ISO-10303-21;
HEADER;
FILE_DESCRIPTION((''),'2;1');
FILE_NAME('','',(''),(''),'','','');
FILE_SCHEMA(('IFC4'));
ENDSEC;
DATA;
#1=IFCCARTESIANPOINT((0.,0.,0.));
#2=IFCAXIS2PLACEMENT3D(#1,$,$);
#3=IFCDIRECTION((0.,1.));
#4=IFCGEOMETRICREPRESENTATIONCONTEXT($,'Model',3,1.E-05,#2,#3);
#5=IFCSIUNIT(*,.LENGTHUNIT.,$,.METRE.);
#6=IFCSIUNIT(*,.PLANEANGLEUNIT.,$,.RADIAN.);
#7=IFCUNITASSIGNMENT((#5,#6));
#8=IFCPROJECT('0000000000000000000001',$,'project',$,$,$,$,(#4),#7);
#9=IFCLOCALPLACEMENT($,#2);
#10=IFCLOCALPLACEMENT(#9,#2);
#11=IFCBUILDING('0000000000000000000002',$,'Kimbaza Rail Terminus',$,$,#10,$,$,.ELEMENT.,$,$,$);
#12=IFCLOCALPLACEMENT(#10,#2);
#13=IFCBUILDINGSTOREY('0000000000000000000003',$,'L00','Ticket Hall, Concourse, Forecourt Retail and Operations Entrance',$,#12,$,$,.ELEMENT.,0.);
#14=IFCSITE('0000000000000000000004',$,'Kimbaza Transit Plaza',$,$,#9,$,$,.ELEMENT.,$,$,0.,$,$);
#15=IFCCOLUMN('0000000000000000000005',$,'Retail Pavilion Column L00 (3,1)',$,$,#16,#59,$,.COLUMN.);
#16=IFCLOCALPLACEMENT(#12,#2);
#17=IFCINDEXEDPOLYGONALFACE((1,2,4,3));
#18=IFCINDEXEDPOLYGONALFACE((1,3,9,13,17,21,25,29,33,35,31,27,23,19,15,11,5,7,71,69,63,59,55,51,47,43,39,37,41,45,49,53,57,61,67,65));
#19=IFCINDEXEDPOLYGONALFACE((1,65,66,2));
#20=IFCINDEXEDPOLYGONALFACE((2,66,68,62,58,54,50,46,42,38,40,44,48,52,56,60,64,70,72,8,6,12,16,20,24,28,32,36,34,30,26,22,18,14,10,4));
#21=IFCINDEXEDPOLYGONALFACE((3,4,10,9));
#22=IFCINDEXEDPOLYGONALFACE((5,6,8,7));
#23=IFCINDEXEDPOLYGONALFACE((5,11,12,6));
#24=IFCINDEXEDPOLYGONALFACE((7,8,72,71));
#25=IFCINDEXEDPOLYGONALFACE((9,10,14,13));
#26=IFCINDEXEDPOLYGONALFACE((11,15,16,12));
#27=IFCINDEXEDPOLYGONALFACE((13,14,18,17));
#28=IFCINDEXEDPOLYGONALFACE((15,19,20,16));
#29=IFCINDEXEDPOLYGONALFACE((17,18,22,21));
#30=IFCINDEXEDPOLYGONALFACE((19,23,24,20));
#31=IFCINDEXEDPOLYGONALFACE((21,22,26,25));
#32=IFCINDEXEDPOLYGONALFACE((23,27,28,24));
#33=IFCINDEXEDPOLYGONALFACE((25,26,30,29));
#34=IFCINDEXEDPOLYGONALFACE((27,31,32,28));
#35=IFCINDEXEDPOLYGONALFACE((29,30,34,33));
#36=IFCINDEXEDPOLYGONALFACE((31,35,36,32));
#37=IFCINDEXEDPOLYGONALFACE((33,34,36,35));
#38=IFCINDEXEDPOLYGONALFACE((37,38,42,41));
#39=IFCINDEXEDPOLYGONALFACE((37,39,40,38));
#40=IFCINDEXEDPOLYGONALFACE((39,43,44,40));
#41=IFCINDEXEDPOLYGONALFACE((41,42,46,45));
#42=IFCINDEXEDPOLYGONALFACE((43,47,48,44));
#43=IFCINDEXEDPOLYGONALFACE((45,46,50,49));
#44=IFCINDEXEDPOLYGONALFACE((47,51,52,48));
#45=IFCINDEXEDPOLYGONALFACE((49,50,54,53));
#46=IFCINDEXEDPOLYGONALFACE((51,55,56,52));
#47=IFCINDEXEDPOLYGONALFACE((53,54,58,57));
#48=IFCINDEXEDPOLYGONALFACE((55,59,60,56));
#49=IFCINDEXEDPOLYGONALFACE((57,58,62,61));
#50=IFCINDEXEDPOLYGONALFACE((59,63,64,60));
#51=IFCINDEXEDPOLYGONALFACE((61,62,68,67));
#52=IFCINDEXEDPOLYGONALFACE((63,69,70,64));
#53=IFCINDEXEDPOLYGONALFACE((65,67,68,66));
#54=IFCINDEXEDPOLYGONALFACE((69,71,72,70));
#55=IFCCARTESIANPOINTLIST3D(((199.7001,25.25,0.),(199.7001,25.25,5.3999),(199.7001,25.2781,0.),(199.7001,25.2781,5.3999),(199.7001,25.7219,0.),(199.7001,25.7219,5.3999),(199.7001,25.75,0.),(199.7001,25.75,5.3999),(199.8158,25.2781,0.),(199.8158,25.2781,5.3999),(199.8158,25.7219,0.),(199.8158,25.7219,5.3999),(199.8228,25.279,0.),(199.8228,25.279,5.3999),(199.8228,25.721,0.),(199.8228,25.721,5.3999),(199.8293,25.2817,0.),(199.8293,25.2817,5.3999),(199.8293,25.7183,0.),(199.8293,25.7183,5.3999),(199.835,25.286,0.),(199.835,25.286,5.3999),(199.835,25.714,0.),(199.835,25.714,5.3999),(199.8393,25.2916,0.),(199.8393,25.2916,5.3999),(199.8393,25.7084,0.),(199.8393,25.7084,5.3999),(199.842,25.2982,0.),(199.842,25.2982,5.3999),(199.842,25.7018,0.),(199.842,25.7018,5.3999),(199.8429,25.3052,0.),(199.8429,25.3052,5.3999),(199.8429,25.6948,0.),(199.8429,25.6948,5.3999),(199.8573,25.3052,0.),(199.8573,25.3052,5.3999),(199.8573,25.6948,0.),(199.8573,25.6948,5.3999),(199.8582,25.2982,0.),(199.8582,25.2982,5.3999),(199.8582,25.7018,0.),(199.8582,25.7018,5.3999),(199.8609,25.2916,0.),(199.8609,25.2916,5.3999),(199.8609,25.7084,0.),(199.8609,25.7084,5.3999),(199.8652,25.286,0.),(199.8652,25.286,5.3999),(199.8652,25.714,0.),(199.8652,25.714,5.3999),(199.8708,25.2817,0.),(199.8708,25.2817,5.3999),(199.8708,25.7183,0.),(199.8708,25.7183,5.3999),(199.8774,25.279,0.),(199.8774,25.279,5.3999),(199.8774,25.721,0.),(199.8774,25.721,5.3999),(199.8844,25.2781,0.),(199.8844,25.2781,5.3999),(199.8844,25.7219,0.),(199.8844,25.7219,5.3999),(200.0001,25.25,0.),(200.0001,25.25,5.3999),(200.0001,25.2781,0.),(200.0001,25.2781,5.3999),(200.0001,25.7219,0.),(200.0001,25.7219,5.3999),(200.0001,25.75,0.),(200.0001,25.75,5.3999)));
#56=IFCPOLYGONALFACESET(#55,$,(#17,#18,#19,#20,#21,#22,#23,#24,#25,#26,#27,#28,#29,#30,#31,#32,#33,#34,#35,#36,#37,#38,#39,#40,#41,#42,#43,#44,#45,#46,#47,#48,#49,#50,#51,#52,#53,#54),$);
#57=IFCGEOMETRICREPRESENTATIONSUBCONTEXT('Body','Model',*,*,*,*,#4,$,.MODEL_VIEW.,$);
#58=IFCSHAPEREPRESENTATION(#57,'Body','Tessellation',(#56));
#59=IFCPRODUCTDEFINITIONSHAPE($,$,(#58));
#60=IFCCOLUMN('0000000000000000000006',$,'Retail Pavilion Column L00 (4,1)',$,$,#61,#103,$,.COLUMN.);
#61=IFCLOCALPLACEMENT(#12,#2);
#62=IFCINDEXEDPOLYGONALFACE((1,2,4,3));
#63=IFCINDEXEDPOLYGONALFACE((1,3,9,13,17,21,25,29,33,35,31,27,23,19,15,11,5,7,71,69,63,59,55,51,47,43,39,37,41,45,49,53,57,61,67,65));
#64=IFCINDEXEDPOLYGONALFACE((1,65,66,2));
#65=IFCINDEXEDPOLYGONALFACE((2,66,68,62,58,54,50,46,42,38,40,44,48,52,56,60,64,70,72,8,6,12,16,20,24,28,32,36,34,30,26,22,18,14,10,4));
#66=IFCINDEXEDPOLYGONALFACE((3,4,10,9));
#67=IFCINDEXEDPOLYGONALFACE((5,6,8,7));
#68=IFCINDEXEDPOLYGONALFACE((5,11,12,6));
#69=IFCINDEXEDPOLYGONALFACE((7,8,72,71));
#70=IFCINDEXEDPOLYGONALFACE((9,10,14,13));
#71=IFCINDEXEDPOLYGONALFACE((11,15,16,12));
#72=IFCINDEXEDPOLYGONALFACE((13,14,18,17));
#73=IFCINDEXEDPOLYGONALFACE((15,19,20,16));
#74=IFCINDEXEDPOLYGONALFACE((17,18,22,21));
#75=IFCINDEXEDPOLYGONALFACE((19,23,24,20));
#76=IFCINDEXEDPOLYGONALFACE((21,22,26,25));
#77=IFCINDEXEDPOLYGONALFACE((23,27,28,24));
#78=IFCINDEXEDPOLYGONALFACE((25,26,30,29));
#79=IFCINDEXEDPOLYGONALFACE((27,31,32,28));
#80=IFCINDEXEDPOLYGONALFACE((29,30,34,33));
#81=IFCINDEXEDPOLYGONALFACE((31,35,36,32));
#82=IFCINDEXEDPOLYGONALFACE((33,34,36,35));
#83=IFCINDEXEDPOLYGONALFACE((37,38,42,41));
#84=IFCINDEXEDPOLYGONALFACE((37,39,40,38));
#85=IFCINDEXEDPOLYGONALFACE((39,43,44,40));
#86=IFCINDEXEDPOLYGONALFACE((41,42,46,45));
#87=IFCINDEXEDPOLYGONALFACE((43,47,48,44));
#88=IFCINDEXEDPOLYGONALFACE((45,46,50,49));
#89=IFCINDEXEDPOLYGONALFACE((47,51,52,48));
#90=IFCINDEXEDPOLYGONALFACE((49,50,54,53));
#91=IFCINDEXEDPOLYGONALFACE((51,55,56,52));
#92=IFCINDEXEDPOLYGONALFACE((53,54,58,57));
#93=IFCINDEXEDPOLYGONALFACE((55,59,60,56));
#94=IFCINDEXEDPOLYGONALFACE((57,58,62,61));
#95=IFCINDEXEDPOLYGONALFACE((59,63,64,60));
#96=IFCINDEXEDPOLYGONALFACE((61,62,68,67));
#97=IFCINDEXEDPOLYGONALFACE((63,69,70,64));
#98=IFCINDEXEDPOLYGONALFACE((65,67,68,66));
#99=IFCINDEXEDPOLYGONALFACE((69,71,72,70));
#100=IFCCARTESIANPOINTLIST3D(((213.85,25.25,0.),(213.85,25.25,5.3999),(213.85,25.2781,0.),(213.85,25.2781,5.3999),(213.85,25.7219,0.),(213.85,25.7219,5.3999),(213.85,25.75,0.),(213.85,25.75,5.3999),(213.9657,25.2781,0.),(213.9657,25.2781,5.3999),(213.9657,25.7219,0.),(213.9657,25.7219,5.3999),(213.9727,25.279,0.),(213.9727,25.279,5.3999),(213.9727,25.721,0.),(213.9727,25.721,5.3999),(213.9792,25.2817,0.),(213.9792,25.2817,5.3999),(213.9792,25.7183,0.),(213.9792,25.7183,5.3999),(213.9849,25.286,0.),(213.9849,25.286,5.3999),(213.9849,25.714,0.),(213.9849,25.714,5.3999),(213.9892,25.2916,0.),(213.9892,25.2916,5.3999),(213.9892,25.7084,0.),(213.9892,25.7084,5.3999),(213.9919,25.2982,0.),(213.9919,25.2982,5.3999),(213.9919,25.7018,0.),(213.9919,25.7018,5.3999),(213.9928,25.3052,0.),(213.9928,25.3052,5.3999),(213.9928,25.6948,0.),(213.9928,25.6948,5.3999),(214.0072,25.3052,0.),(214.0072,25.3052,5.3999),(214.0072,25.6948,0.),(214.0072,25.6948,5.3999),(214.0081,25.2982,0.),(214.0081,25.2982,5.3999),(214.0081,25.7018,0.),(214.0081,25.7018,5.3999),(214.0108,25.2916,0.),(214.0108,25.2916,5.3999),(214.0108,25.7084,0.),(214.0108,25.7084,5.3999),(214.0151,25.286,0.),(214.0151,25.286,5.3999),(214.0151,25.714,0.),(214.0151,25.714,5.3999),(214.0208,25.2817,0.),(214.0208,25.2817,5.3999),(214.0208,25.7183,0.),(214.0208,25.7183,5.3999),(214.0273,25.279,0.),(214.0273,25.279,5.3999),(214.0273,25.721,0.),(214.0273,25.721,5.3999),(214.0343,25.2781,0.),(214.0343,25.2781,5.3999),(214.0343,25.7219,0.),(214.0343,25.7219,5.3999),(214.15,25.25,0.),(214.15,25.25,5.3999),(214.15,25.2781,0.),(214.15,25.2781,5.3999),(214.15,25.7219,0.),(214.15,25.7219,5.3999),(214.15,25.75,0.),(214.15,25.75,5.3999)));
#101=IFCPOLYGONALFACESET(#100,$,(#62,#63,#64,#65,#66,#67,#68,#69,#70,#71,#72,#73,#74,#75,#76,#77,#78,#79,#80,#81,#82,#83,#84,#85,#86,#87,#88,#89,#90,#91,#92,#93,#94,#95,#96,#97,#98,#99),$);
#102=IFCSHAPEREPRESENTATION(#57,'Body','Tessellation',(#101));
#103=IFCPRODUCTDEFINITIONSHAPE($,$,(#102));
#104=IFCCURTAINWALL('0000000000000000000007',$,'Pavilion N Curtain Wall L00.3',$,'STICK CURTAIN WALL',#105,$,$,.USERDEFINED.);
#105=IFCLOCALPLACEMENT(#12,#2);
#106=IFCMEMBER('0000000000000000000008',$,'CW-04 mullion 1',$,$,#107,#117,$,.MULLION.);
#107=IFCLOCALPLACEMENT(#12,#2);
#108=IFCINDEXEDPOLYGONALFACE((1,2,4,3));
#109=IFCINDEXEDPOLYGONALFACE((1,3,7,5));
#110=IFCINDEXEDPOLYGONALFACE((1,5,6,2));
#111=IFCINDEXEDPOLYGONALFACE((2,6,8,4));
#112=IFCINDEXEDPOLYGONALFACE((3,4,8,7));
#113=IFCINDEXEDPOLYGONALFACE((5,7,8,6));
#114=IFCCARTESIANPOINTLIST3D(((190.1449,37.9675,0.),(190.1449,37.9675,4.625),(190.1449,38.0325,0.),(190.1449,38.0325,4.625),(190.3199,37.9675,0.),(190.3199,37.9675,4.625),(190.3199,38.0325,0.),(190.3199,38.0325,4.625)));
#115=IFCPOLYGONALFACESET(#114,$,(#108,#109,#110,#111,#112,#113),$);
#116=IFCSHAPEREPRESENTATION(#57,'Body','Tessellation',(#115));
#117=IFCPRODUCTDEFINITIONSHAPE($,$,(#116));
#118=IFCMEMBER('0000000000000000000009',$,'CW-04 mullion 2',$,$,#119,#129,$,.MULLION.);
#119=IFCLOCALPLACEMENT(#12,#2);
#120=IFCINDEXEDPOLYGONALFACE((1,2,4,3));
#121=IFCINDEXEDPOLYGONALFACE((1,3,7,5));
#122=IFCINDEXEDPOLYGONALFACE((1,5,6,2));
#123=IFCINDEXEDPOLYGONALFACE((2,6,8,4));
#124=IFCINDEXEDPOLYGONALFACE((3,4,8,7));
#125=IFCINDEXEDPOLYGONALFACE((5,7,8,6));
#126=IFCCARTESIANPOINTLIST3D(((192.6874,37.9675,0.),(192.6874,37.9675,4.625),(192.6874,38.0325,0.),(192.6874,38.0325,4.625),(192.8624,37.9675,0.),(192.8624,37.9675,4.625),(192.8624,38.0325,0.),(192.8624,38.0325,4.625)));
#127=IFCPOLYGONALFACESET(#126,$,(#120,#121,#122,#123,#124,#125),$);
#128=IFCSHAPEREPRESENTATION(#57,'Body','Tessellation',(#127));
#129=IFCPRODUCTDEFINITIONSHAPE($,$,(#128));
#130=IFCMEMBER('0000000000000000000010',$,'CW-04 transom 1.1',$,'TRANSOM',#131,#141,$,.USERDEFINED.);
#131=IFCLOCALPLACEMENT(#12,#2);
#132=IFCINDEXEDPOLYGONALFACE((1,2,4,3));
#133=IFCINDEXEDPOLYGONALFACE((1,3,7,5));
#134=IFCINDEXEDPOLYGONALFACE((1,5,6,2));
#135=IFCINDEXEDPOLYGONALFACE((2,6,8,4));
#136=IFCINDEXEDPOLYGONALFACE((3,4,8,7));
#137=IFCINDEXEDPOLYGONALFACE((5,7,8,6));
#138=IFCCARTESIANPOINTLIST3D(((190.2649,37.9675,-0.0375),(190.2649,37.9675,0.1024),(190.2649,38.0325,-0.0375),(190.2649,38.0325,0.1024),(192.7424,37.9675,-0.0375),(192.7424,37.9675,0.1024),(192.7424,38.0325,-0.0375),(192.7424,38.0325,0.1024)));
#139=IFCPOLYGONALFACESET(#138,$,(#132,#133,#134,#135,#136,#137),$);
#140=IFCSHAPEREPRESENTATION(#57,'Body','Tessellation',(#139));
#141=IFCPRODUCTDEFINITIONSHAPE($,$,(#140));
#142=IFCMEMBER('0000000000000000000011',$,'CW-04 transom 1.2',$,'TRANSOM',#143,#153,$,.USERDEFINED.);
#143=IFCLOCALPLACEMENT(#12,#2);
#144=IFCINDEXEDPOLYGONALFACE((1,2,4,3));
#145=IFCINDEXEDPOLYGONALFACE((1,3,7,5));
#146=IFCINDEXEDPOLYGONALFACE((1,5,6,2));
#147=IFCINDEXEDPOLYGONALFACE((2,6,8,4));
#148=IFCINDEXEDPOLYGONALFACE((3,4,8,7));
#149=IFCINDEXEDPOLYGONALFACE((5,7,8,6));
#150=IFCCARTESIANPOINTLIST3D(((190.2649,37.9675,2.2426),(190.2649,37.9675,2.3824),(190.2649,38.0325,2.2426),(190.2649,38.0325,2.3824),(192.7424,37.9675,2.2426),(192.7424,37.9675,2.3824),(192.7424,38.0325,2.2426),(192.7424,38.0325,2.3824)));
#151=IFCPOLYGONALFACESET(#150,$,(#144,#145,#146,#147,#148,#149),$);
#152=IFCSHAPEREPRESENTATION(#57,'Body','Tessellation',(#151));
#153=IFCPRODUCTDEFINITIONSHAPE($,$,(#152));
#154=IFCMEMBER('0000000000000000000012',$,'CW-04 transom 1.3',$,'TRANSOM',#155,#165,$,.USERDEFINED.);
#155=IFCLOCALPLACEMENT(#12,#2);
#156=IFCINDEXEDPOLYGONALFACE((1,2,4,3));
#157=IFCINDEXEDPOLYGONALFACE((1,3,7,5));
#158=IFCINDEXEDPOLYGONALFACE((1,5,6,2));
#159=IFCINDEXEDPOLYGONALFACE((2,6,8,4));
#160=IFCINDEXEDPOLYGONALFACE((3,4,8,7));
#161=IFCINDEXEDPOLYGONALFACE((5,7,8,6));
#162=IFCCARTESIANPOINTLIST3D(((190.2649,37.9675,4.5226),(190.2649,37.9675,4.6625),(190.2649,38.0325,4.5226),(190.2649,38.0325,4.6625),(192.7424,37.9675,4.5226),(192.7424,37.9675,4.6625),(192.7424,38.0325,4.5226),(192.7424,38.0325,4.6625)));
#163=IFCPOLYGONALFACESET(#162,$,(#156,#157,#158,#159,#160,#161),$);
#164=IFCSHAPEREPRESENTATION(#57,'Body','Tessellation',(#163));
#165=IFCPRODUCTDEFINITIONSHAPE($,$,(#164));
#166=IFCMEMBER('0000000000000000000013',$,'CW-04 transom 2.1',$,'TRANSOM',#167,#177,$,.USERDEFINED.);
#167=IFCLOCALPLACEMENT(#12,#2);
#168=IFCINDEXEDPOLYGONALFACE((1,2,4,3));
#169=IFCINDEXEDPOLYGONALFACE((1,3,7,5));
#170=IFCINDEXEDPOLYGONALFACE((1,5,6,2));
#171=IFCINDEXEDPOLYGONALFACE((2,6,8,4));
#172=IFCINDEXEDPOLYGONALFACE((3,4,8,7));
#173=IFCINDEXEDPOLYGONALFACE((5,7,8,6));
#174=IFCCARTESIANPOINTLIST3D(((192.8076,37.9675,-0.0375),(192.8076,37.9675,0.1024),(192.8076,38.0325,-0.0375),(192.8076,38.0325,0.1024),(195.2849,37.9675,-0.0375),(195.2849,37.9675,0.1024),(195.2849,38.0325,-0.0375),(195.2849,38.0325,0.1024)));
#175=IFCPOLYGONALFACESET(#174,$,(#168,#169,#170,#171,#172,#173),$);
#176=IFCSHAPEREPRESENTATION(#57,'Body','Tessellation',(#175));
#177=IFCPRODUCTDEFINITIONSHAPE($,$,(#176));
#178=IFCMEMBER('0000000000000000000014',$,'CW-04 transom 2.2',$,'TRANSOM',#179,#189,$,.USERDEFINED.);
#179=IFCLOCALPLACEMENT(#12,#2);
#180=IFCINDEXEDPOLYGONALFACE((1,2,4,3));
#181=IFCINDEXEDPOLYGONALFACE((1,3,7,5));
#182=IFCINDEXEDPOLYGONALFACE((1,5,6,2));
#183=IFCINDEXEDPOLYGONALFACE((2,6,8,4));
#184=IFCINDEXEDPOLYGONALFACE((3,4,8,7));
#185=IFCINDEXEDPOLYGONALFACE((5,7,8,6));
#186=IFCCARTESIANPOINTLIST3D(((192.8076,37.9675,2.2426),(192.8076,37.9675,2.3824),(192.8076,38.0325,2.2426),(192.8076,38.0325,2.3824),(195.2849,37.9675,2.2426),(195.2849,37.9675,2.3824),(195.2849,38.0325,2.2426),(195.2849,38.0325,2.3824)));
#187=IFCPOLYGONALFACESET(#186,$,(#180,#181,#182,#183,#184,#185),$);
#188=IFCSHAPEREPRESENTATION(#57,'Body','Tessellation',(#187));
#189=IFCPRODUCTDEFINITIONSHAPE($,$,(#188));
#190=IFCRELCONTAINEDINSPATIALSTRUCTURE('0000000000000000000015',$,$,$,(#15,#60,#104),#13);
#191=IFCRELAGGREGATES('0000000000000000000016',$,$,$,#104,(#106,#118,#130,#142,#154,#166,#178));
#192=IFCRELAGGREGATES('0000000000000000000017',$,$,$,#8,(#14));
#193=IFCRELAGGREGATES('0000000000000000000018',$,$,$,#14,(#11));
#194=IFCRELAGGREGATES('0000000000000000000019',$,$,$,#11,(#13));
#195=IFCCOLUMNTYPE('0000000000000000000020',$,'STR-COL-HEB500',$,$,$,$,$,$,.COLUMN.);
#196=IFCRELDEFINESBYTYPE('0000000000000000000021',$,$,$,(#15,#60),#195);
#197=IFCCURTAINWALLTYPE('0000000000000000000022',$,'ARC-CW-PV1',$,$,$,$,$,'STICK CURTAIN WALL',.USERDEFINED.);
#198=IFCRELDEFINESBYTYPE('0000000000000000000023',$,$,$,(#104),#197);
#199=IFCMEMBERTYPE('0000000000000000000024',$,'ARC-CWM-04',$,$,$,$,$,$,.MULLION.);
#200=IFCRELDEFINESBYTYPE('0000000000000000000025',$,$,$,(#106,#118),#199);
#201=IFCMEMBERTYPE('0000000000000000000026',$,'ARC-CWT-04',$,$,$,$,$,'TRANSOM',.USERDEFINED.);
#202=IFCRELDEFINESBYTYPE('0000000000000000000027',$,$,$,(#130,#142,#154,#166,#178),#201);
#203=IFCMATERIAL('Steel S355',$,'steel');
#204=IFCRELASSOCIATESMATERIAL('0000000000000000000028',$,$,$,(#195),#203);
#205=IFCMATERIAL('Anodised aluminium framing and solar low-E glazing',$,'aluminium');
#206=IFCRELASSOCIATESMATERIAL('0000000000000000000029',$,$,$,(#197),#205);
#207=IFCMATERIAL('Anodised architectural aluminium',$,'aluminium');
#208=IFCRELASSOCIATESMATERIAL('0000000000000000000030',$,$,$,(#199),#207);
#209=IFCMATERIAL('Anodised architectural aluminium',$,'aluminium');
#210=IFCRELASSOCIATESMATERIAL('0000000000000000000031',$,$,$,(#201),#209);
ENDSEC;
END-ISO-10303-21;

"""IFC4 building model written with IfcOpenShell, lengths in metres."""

from ifc_helpers import new_model, si_unit, direction, frame, origin, origin_2d, place, context, subcontext, project, spatial, rectangle, i_section, extrude, material, material_profile, profile_set, type_object, element, aggregate, save


model = new_model("IFC4")

# Units and contexts
model_context = context("Model", 3, precision=1e-05, world=origin(), true_north=direction((0.0, 1.0)))
body_context = subcontext(model_context, "Body", "Model", "MODEL_VIEW")
ifc_project = project(units=[si_unit("LENGTHUNIT", "METRE"), si_unit("PLANEANGLEUNIT", "RADIAN")], contexts=[model_context])

# Site, building, storey
site_placement = place(None, origin())
site = spatial("IfcSite", under=ifc_project, at=site_placement, Name="Kimbaza Transit Plaza", CompositionType="ELEMENT", RefElevation=0.0)
building_placement = place(site_placement, origin())
building = spatial("IfcBuilding", under=site, at=building_placement, Name="Kimbaza Rail Terminus", CompositionType="ELEMENT")
storey_placement = place(building_placement, origin())
storey = spatial("IfcBuildingStorey", under=building, at=storey_placement, Name="L00", Description="Ticket Hall, Concourse, Forecourt Retail and Operations Entrance", CompositionType="ELEMENT", Elevation=0.0)

# Columns
ifc_material_1 = material(Name="Steel S355", Category="steel")
ifc_material_profile_1 = material_profile(ifc_material_1, i_section(OverallWidth=0.3, OverallDepth=0.5, WebThickness=0.0144, FlangeThickness=0.0281, FilletRadius=0.0271, at=origin_2d()), Name="HEB 500")
ifc_profile_set_1 = profile_set([ifc_material_profile_1], Name="Steel S355")
column_type = type_object("IfcColumnType", Name="STR-COL-HEB500", PredefinedType="COLUMN", material=ifc_profile_set_1)
for number, where, z_axis, x_axis, name in (
    (1, (199.8501, 25.5, 0.0), (0.0, 0.0, 1.0), (1.0, 0.0, 0.0), "Retail Pavilion Column L00 (3,1)"),
    (2, (214.0, 25.5, 0.0), (0.0, 0.0, 1.0), (1.0, 0.0, 0.0), "Retail Pavilion Column L00 (4,1)"),
):
    element("IfcColumn", number, at=place(storey_placement, frame(where, z_axis=z_axis, x_axis=x_axis)), inside=storey, type_object=column_type, Name=name, PredefinedType="COLUMN", context=body_context, shape_type="SweptSolid", body=[
        extrude(i_section(OverallWidth=0.3, OverallDepth=0.5, WebThickness=0.0144, FlangeThickness=0.0281, FilletRadius=0.0271, at=origin_2d()), origin(), (0.0, 0.0, 1.0), 5.3999),
    ])

# Curtain wall, members
ifc_material_2 = material(Name="Anodised aluminium framing and solar low-E glazing", Category="aluminium")
curtain_wall_type = type_object("IfcCurtainWallType", Name="ARC-CW-PV1", ElementType="STICK CURTAIN WALL", PredefinedType="USERDEFINED", material=ifc_material_2)
curtain_wall_placement = place(storey_placement, origin())
curtain_wall = element("IfcCurtainWall", 3, at=curtain_wall_placement, inside=storey, type_object=curtain_wall_type, Name="Pavilion N Curtain Wall L00.3", ObjectType="STICK CURTAIN WALL", PredefinedType="USERDEFINED")
ifc_material_3 = material(Name="Anodised architectural aluminium", Category="aluminium")
ifc_material_profile_2 = material_profile(ifc_material_3, rectangle(XDim=0.0649, YDim=0.175, at=origin_2d()), Name="MULLION 65x175")
ifc_profile_set_2 = profile_set([ifc_material_profile_2], Name="Anodised architectural aluminium")
member_type_1 = type_object("IfcMemberType", Name="ARC-CWM-04", PredefinedType="MULLION", material=ifc_profile_set_2)
member_1_placement = place(storey_placement, frame((190.2324, 38.0, 0.0), z_axis=(0.0, 0.0, 1.0), x_axis=(0.0, 1.0, 0.0)))
member_1 = element("IfcMember", 4, at=member_1_placement, type_object=member_type_1, Name="CW-04 mullion 1", PredefinedType="MULLION", context=body_context, shape_type="SweptSolid", body=[
    extrude(rectangle(XDim=0.0649, YDim=0.175, at=origin_2d()), origin(), (0.0, 0.0, 1.0), 4.625),
])
member_2_placement = place(storey_placement, frame((192.7749, 38.0, 0.0), z_axis=(0.0, 0.0, 1.0), x_axis=(0.0, 1.0, 0.0)))
member_2 = element("IfcMember", 5, at=member_2_placement, type_object=member_type_1, Name="CW-04 mullion 2", PredefinedType="MULLION", context=body_context, shape_type="SweptSolid", body=[
    extrude(rectangle(XDim=0.0649, YDim=0.175, at=origin_2d()), origin(), (0.0, 0.0, 1.0), 4.625),
])
ifc_material_4 = material(Name="Anodised architectural aluminium", Category="aluminium")
ifc_material_profile_3 = material_profile(ifc_material_4, rectangle(XDim=0.0649, YDim=0.1399, at=origin_2d()), Name="TRANSOM 65x140")
ifc_profile_set_3 = profile_set([ifc_material_profile_3], Name="Anodised architectural aluminium")
member_type_2 = type_object("IfcMemberType", Name="ARC-CWT-04", ElementType="TRANSOM", PredefinedType="USERDEFINED", material=ifc_profile_set_3)
member_3_placement = place(storey_placement, frame((190.2649, 38.0, 0.0325), z_axis=(1.0, 0.0, 0.0), x_axis=(0.0, 1.0, 0.0)))
member_3 = element("IfcMember", 6, at=member_3_placement, type_object=member_type_2, Name="CW-04 transom 1.1", ObjectType="TRANSOM", PredefinedType="USERDEFINED", context=body_context, shape_type="SweptSolid", body=[
    extrude(rectangle(XDim=0.0649, YDim=0.1399, at=origin_2d()), origin(), (0.0, 0.0, 1.0), 2.4775),
])
member_4_placement = place(storey_placement, frame((190.2649, 38.0, 2.3125), z_axis=(1.0, 0.0, 0.0), x_axis=(0.0, 1.0, 0.0)))
member_4 = element("IfcMember", 7, at=member_4_placement, type_object=member_type_2, Name="CW-04 transom 1.2", ObjectType="TRANSOM", PredefinedType="USERDEFINED", context=body_context, shape_type="SweptSolid", body=[
    extrude(rectangle(XDim=0.0649, YDim=0.1399, at=origin_2d()), origin(), (0.0, 0.0, 1.0), 2.4775),
])
member_5_placement = place(storey_placement, frame((190.2649, 38.0, 4.5925), z_axis=(1.0, 0.0, 0.0), x_axis=(0.0, 1.0, 0.0)))
member_5 = element("IfcMember", 8, at=member_5_placement, type_object=member_type_2, Name="CW-04 transom 1.3", ObjectType="TRANSOM", PredefinedType="USERDEFINED", context=body_context, shape_type="SweptSolid", body=[
    extrude(rectangle(XDim=0.0649, YDim=0.1399, at=origin_2d()), origin(), (0.0, 0.0, 1.0), 2.4775),
])
member_6_placement = place(storey_placement, frame((192.8076, 38.0, 0.0325), z_axis=(1.0, 0.0, 0.0), x_axis=(0.0, 1.0, 0.0)))
member_6 = element("IfcMember", 9, at=member_6_placement, type_object=member_type_2, Name="CW-04 transom 2.1", ObjectType="TRANSOM", PredefinedType="USERDEFINED", context=body_context, shape_type="SweptSolid", body=[
    extrude(rectangle(XDim=0.0649, YDim=0.1399, at=origin_2d()), origin(), (0.0, 0.0, 1.0), 2.4773),
])
member_7_placement = place(storey_placement, frame((192.8076, 38.0, 2.3125), z_axis=(1.0, 0.0, 0.0), x_axis=(0.0, 1.0, 0.0)))
member_7 = element("IfcMember", 10, at=member_7_placement, type_object=member_type_2, Name="CW-04 transom 2.2", ObjectType="TRANSOM", PredefinedType="USERDEFINED", context=body_context, shape_type="SweptSolid", body=[
    extrude(rectangle(XDim=0.0649, YDim=0.1399, at=origin_2d()), origin(), (0.0, 0.0, 1.0), 2.4773),
])
aggregate(curtain_wall, [member_1, member_2, member_3, member_4, member_5, member_6, member_7])

save(model, "model.ifc")
